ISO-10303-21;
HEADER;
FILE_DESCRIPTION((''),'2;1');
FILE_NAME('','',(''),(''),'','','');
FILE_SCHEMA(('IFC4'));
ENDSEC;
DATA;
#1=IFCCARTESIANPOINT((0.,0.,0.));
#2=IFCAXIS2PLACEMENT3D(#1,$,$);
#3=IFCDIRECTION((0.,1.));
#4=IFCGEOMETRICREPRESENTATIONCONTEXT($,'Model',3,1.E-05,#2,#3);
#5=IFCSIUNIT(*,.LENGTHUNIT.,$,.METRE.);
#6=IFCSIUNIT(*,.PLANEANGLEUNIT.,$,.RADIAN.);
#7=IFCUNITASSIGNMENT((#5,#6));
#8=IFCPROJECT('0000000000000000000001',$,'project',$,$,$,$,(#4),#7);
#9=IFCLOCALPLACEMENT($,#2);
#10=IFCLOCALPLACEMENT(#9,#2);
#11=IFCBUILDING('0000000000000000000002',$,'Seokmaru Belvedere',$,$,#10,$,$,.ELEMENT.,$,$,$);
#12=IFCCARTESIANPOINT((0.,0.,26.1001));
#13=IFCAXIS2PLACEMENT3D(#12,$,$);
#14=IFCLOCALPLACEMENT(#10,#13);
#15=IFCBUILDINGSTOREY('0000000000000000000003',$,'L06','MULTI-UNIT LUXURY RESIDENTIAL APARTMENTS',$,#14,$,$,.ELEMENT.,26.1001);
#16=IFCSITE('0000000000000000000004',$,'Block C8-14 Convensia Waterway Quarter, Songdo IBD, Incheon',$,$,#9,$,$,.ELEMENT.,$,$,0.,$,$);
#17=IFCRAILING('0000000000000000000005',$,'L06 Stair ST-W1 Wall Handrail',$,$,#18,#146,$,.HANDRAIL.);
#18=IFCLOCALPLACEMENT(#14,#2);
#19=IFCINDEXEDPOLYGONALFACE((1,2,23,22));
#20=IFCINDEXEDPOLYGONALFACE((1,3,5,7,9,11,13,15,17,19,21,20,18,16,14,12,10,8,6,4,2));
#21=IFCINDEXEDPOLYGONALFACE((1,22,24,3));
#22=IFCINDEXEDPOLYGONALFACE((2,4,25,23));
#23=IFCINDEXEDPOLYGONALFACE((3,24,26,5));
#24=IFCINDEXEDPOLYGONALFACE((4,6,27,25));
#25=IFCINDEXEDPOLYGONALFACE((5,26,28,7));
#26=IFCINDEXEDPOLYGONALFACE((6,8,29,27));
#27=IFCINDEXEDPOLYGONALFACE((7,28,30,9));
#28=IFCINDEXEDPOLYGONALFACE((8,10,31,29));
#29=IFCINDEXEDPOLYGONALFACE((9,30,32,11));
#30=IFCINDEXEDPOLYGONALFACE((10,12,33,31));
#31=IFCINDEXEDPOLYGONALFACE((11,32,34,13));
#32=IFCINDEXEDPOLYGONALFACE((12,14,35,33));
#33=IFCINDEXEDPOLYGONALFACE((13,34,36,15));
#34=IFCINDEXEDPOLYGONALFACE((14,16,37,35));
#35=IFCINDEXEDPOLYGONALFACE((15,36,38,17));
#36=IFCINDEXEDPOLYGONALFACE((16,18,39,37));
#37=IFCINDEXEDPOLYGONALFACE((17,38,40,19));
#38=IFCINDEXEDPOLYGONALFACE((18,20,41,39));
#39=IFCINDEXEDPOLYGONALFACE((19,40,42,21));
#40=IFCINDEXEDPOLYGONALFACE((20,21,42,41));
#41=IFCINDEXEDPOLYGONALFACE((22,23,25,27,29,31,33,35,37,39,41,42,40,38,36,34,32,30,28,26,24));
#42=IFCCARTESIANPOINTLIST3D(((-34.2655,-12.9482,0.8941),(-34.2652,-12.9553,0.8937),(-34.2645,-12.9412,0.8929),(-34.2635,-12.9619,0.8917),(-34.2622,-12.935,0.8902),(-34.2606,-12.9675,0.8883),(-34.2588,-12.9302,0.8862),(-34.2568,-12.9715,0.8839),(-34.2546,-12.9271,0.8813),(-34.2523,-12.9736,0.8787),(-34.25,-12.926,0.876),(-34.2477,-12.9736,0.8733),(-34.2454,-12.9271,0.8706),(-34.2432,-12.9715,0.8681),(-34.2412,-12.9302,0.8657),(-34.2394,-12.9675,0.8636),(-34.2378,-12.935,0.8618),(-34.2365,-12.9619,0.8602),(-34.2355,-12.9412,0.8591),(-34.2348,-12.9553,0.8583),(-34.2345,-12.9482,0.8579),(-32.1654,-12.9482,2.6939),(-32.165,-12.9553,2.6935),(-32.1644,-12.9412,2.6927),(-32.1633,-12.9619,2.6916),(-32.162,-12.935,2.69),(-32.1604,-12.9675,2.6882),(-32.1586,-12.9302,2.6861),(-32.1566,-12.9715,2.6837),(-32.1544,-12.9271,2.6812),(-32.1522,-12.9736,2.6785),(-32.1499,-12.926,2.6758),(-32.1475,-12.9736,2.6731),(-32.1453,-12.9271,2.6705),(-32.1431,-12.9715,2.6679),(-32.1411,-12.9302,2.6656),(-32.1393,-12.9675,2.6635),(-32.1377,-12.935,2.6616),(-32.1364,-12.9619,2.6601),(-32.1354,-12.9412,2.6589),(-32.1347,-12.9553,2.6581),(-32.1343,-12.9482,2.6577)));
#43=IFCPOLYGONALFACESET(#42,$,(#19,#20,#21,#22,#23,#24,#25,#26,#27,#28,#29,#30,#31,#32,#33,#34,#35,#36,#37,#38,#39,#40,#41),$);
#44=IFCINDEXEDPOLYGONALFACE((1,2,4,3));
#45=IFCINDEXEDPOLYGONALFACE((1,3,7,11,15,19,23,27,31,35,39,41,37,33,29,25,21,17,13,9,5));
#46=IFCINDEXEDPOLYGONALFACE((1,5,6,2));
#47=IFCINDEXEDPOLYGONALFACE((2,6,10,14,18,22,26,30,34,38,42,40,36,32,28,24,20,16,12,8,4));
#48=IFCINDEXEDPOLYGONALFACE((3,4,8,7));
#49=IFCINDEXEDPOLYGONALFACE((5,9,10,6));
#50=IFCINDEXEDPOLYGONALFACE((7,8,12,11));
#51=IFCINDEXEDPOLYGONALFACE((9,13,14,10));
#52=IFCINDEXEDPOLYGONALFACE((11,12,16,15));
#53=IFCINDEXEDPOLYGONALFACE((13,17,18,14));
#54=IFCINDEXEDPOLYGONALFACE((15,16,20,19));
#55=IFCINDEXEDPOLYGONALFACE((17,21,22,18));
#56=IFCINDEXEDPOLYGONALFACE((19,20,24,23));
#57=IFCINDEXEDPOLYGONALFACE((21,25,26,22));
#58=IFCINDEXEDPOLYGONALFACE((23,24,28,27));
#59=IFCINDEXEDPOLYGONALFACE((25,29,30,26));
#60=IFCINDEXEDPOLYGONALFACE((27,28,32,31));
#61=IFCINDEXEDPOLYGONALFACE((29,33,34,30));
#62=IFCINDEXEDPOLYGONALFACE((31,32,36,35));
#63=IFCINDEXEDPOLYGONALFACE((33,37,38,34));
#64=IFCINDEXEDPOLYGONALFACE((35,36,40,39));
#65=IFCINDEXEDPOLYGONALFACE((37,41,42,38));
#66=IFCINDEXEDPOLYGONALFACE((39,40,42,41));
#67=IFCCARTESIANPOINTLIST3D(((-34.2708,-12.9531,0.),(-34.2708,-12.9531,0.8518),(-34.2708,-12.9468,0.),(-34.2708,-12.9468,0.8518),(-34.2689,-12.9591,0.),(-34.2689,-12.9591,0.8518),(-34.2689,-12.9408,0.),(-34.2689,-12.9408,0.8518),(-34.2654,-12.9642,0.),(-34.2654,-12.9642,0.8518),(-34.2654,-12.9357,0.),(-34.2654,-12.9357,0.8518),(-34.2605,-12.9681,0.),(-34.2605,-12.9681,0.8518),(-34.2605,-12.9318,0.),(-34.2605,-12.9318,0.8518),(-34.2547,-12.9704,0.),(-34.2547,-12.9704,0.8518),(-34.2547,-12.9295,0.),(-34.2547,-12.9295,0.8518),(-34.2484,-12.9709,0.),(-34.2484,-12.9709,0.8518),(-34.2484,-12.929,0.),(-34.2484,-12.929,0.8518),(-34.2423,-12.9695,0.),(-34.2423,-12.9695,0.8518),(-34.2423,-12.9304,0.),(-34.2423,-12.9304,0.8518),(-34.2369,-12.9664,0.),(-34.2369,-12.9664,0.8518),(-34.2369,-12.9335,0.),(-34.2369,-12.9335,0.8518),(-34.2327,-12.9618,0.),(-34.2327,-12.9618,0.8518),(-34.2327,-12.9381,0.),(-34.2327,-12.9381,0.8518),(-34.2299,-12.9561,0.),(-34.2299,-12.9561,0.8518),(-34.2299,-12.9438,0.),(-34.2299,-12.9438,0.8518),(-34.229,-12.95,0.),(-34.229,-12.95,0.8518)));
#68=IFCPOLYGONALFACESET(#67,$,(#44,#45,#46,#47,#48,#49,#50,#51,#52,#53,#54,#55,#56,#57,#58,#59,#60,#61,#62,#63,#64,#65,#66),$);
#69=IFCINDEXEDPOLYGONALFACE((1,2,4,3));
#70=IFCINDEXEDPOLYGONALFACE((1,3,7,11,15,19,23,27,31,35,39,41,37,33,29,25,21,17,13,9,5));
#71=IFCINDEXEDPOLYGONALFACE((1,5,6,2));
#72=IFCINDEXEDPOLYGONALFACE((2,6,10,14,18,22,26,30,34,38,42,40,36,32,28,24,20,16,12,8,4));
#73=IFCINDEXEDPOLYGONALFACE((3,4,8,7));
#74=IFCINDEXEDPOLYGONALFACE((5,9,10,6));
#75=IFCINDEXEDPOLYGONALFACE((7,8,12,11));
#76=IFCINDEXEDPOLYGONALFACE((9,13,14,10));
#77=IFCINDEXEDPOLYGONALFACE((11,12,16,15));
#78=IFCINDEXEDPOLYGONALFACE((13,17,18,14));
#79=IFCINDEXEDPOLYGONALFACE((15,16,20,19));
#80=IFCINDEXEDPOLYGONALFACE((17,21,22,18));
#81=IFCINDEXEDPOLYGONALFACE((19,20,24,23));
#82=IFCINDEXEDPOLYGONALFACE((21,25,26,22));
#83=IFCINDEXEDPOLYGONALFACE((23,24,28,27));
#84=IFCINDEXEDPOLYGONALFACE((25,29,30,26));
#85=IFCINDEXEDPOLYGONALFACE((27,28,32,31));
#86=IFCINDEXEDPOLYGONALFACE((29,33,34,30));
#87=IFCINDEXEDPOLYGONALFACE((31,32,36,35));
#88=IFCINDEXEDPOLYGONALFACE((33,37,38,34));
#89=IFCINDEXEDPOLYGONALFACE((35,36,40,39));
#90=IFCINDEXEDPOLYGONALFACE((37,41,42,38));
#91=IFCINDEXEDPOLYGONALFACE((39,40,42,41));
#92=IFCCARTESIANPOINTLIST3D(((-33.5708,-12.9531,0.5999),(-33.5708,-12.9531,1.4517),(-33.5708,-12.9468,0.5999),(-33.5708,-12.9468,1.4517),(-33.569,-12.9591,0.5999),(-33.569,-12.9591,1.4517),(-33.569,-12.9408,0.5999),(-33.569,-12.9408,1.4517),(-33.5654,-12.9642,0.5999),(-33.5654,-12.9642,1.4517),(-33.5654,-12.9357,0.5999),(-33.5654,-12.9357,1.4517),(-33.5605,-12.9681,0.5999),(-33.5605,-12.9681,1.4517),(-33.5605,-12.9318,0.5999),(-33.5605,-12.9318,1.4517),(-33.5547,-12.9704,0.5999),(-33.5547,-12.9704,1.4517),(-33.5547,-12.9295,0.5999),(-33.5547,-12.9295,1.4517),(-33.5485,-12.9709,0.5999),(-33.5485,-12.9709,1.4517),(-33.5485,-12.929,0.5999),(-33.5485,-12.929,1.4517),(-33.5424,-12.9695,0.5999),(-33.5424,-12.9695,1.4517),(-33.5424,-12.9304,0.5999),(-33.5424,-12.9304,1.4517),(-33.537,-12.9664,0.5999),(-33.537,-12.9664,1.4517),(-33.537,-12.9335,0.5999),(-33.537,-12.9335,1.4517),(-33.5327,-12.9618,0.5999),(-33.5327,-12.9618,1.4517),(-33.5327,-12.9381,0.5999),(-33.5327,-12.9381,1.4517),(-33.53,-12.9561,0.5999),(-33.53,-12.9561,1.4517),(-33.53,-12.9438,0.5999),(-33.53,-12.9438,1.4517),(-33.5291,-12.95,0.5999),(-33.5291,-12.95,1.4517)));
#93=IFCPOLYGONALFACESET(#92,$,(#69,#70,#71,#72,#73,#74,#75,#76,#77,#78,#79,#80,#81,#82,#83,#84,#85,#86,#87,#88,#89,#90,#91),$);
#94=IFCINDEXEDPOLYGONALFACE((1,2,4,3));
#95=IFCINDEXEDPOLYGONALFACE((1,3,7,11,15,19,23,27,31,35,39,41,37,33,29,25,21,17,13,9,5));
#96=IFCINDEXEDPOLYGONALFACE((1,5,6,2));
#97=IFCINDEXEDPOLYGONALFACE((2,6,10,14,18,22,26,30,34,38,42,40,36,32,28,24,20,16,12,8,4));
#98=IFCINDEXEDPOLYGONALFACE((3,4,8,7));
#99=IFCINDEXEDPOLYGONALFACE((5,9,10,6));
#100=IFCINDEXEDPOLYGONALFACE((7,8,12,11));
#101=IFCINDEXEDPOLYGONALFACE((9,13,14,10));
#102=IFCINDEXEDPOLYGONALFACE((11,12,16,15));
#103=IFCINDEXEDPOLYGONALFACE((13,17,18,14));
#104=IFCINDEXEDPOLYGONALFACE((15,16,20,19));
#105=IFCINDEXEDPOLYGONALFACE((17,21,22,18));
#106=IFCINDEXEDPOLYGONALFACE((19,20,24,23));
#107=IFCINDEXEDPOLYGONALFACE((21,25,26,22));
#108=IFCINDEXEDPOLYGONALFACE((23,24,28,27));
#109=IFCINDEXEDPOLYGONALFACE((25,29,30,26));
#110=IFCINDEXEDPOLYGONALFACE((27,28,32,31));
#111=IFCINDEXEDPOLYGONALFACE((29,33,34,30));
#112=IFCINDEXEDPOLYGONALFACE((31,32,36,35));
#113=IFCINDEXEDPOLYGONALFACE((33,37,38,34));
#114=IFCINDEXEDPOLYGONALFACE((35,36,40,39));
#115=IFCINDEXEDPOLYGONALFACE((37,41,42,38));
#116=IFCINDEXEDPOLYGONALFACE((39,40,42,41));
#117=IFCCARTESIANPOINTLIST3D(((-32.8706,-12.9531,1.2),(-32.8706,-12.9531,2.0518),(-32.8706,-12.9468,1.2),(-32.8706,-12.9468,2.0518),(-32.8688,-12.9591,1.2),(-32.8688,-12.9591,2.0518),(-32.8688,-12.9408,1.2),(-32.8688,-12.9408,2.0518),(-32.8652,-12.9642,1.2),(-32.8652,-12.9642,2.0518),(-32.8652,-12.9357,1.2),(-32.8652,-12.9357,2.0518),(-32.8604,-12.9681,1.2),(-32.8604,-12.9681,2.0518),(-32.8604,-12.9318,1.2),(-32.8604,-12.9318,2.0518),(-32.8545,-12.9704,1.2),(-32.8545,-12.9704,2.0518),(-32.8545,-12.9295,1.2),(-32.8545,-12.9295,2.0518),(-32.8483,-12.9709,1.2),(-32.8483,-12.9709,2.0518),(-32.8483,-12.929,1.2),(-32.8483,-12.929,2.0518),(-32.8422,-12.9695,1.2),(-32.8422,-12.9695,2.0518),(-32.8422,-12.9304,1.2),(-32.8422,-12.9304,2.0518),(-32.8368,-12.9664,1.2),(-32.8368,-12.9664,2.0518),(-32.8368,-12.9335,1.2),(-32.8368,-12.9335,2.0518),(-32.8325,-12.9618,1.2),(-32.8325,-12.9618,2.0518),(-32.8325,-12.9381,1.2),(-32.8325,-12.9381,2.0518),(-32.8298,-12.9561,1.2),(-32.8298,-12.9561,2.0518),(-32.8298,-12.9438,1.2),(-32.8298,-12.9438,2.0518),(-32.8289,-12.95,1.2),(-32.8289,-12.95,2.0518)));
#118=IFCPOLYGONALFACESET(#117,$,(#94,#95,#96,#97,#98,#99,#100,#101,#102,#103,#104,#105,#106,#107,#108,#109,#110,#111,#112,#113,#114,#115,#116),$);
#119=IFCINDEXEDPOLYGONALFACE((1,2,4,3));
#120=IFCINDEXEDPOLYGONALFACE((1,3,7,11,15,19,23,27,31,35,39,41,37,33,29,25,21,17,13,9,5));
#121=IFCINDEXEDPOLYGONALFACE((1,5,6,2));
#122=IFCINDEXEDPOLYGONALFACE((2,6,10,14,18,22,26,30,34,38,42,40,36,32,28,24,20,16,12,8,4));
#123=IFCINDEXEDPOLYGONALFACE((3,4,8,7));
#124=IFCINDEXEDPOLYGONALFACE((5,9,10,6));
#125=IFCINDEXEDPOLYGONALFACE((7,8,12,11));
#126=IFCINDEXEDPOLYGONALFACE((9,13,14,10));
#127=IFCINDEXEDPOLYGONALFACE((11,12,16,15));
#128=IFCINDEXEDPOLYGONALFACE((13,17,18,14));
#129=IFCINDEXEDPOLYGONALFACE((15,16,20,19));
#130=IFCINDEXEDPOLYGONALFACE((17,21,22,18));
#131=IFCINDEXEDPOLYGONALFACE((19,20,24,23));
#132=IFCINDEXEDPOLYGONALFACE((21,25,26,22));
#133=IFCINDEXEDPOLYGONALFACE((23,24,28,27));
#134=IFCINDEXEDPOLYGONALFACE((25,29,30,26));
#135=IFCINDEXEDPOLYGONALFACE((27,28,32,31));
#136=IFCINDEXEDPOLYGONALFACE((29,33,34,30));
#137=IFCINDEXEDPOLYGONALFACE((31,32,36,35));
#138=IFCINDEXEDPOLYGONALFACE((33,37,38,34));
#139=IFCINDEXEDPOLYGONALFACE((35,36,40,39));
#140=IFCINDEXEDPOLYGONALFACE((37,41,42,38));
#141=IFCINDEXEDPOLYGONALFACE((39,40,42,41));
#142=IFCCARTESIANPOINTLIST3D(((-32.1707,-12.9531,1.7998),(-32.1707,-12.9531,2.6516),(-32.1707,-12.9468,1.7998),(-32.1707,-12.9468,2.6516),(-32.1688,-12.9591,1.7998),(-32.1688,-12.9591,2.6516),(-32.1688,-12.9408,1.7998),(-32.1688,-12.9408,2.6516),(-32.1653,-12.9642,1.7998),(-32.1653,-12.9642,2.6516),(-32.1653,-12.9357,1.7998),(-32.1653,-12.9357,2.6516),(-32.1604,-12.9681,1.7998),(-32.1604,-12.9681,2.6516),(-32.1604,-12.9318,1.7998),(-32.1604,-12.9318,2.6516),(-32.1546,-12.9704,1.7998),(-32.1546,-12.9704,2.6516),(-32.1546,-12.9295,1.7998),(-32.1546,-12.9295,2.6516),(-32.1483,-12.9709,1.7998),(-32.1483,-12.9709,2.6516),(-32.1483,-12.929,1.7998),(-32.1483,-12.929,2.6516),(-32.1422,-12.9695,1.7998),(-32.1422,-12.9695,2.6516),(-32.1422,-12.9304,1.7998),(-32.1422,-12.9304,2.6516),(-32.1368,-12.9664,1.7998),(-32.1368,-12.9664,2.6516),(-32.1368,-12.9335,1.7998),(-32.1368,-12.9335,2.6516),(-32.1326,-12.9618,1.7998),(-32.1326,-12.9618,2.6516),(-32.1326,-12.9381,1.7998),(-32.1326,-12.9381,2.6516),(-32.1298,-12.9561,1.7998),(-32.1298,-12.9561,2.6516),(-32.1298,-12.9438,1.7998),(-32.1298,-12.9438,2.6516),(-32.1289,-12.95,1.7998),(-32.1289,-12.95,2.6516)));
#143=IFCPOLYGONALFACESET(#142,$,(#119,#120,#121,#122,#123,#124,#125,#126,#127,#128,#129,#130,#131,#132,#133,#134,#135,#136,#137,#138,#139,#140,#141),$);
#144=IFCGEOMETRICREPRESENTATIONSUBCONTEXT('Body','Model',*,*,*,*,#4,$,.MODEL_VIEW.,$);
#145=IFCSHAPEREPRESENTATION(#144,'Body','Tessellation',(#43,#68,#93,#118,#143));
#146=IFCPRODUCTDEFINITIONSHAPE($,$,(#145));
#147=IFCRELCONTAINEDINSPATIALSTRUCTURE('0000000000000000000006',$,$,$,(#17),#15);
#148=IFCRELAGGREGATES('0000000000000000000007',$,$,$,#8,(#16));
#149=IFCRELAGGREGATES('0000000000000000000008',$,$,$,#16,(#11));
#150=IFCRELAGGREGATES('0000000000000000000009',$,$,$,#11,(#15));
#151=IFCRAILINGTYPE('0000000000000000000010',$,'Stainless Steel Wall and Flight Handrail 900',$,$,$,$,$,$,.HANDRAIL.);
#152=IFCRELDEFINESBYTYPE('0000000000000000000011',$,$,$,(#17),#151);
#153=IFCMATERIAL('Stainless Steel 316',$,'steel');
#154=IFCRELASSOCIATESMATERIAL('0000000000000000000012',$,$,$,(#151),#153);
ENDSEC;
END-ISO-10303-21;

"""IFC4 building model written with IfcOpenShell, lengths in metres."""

from ifc_helpers import new_model, si_unit, direction, frame, origin, origin_2d, place, context, subcontext, project, spatial, circle, extrude, material, type_object, element, save


model = new_model("IFC4")

# Units and contexts
model_context = context("Model", 3, precision=1e-05, world=origin(), true_north=direction((0.0, 1.0)))
body_context = subcontext(model_context, "Body", "Model", "MODEL_VIEW")
ifc_project = project(units=[si_unit("LENGTHUNIT", "METRE"), si_unit("PLANEANGLEUNIT", "RADIAN")], contexts=[model_context])

# Site, building, storey
site_placement = place(None, origin())
site = spatial("IfcSite", under=ifc_project, at=site_placement, Name="Block C8-14 Convensia Waterway Quarter, Songdo IBD, Incheon", CompositionType="ELEMENT", RefElevation=0.0)
building_placement = place(site_placement, origin())
building = spatial("IfcBuilding", under=site, at=building_placement, Name="Seokmaru Belvedere", CompositionType="ELEMENT")
storey_placement = place(building_placement, frame((0.0, 0.0, 26.1001)))
storey = spatial("IfcBuildingStorey", under=building, at=storey_placement, Name="L06", Description="MULTI-UNIT LUXURY RESIDENTIAL APARTMENTS", CompositionType="ELEMENT", Elevation=26.1001)

# Railing
ifc_material_1 = material(Name="Stainless Steel 316", Category="steel")
railing_type_1 = type_object("IfcRailingType", Name="Stainless Steel Wall and Flight Handrail 900", PredefinedType="HANDRAIL", material=ifc_material_1)
railing_1_placement = place(storey_placement, frame((-34.25, -12.95, 0.0)))
element("IfcRailing", 1, at=railing_1_placement, inside=storey, type_object=railing_type_1, Name="L06 Stair ST-W1 Wall Handrail", PredefinedType="HANDRAIL", context=body_context, shape_type="SweptSolid", body=[
    extrude(circle(Radius=0.0239, at=origin_2d()), frame((0.0, 0.0, 0.876), z_axis=(0.759306, 0.0, 0.650733), x_axis=(0.0, 1.0, 0.0)), (0.0, 0.0, 1.0), 2.7659),
    extrude(circle(Radius=0.021, at=origin_2d()), origin(), (0.0, 0.0, 1.0), 0.8518),
    extrude(circle(Radius=0.021, at=origin_2d()), frame((0.7, 0.0, 0.5999)), (0.0, 0.0, 1.0), 0.8518),
    extrude(circle(Radius=0.021, at=origin_2d()), frame((1.4001, 0.0, 1.2)), (0.0, 0.0, 1.0), 0.8518),
    extrude(circle(Radius=0.021, at=origin_2d()), frame((2.1001, 0.0, 1.7998)), (0.0, 0.0, 1.0), 0.8518),
])

save(model, "model.ifc")
